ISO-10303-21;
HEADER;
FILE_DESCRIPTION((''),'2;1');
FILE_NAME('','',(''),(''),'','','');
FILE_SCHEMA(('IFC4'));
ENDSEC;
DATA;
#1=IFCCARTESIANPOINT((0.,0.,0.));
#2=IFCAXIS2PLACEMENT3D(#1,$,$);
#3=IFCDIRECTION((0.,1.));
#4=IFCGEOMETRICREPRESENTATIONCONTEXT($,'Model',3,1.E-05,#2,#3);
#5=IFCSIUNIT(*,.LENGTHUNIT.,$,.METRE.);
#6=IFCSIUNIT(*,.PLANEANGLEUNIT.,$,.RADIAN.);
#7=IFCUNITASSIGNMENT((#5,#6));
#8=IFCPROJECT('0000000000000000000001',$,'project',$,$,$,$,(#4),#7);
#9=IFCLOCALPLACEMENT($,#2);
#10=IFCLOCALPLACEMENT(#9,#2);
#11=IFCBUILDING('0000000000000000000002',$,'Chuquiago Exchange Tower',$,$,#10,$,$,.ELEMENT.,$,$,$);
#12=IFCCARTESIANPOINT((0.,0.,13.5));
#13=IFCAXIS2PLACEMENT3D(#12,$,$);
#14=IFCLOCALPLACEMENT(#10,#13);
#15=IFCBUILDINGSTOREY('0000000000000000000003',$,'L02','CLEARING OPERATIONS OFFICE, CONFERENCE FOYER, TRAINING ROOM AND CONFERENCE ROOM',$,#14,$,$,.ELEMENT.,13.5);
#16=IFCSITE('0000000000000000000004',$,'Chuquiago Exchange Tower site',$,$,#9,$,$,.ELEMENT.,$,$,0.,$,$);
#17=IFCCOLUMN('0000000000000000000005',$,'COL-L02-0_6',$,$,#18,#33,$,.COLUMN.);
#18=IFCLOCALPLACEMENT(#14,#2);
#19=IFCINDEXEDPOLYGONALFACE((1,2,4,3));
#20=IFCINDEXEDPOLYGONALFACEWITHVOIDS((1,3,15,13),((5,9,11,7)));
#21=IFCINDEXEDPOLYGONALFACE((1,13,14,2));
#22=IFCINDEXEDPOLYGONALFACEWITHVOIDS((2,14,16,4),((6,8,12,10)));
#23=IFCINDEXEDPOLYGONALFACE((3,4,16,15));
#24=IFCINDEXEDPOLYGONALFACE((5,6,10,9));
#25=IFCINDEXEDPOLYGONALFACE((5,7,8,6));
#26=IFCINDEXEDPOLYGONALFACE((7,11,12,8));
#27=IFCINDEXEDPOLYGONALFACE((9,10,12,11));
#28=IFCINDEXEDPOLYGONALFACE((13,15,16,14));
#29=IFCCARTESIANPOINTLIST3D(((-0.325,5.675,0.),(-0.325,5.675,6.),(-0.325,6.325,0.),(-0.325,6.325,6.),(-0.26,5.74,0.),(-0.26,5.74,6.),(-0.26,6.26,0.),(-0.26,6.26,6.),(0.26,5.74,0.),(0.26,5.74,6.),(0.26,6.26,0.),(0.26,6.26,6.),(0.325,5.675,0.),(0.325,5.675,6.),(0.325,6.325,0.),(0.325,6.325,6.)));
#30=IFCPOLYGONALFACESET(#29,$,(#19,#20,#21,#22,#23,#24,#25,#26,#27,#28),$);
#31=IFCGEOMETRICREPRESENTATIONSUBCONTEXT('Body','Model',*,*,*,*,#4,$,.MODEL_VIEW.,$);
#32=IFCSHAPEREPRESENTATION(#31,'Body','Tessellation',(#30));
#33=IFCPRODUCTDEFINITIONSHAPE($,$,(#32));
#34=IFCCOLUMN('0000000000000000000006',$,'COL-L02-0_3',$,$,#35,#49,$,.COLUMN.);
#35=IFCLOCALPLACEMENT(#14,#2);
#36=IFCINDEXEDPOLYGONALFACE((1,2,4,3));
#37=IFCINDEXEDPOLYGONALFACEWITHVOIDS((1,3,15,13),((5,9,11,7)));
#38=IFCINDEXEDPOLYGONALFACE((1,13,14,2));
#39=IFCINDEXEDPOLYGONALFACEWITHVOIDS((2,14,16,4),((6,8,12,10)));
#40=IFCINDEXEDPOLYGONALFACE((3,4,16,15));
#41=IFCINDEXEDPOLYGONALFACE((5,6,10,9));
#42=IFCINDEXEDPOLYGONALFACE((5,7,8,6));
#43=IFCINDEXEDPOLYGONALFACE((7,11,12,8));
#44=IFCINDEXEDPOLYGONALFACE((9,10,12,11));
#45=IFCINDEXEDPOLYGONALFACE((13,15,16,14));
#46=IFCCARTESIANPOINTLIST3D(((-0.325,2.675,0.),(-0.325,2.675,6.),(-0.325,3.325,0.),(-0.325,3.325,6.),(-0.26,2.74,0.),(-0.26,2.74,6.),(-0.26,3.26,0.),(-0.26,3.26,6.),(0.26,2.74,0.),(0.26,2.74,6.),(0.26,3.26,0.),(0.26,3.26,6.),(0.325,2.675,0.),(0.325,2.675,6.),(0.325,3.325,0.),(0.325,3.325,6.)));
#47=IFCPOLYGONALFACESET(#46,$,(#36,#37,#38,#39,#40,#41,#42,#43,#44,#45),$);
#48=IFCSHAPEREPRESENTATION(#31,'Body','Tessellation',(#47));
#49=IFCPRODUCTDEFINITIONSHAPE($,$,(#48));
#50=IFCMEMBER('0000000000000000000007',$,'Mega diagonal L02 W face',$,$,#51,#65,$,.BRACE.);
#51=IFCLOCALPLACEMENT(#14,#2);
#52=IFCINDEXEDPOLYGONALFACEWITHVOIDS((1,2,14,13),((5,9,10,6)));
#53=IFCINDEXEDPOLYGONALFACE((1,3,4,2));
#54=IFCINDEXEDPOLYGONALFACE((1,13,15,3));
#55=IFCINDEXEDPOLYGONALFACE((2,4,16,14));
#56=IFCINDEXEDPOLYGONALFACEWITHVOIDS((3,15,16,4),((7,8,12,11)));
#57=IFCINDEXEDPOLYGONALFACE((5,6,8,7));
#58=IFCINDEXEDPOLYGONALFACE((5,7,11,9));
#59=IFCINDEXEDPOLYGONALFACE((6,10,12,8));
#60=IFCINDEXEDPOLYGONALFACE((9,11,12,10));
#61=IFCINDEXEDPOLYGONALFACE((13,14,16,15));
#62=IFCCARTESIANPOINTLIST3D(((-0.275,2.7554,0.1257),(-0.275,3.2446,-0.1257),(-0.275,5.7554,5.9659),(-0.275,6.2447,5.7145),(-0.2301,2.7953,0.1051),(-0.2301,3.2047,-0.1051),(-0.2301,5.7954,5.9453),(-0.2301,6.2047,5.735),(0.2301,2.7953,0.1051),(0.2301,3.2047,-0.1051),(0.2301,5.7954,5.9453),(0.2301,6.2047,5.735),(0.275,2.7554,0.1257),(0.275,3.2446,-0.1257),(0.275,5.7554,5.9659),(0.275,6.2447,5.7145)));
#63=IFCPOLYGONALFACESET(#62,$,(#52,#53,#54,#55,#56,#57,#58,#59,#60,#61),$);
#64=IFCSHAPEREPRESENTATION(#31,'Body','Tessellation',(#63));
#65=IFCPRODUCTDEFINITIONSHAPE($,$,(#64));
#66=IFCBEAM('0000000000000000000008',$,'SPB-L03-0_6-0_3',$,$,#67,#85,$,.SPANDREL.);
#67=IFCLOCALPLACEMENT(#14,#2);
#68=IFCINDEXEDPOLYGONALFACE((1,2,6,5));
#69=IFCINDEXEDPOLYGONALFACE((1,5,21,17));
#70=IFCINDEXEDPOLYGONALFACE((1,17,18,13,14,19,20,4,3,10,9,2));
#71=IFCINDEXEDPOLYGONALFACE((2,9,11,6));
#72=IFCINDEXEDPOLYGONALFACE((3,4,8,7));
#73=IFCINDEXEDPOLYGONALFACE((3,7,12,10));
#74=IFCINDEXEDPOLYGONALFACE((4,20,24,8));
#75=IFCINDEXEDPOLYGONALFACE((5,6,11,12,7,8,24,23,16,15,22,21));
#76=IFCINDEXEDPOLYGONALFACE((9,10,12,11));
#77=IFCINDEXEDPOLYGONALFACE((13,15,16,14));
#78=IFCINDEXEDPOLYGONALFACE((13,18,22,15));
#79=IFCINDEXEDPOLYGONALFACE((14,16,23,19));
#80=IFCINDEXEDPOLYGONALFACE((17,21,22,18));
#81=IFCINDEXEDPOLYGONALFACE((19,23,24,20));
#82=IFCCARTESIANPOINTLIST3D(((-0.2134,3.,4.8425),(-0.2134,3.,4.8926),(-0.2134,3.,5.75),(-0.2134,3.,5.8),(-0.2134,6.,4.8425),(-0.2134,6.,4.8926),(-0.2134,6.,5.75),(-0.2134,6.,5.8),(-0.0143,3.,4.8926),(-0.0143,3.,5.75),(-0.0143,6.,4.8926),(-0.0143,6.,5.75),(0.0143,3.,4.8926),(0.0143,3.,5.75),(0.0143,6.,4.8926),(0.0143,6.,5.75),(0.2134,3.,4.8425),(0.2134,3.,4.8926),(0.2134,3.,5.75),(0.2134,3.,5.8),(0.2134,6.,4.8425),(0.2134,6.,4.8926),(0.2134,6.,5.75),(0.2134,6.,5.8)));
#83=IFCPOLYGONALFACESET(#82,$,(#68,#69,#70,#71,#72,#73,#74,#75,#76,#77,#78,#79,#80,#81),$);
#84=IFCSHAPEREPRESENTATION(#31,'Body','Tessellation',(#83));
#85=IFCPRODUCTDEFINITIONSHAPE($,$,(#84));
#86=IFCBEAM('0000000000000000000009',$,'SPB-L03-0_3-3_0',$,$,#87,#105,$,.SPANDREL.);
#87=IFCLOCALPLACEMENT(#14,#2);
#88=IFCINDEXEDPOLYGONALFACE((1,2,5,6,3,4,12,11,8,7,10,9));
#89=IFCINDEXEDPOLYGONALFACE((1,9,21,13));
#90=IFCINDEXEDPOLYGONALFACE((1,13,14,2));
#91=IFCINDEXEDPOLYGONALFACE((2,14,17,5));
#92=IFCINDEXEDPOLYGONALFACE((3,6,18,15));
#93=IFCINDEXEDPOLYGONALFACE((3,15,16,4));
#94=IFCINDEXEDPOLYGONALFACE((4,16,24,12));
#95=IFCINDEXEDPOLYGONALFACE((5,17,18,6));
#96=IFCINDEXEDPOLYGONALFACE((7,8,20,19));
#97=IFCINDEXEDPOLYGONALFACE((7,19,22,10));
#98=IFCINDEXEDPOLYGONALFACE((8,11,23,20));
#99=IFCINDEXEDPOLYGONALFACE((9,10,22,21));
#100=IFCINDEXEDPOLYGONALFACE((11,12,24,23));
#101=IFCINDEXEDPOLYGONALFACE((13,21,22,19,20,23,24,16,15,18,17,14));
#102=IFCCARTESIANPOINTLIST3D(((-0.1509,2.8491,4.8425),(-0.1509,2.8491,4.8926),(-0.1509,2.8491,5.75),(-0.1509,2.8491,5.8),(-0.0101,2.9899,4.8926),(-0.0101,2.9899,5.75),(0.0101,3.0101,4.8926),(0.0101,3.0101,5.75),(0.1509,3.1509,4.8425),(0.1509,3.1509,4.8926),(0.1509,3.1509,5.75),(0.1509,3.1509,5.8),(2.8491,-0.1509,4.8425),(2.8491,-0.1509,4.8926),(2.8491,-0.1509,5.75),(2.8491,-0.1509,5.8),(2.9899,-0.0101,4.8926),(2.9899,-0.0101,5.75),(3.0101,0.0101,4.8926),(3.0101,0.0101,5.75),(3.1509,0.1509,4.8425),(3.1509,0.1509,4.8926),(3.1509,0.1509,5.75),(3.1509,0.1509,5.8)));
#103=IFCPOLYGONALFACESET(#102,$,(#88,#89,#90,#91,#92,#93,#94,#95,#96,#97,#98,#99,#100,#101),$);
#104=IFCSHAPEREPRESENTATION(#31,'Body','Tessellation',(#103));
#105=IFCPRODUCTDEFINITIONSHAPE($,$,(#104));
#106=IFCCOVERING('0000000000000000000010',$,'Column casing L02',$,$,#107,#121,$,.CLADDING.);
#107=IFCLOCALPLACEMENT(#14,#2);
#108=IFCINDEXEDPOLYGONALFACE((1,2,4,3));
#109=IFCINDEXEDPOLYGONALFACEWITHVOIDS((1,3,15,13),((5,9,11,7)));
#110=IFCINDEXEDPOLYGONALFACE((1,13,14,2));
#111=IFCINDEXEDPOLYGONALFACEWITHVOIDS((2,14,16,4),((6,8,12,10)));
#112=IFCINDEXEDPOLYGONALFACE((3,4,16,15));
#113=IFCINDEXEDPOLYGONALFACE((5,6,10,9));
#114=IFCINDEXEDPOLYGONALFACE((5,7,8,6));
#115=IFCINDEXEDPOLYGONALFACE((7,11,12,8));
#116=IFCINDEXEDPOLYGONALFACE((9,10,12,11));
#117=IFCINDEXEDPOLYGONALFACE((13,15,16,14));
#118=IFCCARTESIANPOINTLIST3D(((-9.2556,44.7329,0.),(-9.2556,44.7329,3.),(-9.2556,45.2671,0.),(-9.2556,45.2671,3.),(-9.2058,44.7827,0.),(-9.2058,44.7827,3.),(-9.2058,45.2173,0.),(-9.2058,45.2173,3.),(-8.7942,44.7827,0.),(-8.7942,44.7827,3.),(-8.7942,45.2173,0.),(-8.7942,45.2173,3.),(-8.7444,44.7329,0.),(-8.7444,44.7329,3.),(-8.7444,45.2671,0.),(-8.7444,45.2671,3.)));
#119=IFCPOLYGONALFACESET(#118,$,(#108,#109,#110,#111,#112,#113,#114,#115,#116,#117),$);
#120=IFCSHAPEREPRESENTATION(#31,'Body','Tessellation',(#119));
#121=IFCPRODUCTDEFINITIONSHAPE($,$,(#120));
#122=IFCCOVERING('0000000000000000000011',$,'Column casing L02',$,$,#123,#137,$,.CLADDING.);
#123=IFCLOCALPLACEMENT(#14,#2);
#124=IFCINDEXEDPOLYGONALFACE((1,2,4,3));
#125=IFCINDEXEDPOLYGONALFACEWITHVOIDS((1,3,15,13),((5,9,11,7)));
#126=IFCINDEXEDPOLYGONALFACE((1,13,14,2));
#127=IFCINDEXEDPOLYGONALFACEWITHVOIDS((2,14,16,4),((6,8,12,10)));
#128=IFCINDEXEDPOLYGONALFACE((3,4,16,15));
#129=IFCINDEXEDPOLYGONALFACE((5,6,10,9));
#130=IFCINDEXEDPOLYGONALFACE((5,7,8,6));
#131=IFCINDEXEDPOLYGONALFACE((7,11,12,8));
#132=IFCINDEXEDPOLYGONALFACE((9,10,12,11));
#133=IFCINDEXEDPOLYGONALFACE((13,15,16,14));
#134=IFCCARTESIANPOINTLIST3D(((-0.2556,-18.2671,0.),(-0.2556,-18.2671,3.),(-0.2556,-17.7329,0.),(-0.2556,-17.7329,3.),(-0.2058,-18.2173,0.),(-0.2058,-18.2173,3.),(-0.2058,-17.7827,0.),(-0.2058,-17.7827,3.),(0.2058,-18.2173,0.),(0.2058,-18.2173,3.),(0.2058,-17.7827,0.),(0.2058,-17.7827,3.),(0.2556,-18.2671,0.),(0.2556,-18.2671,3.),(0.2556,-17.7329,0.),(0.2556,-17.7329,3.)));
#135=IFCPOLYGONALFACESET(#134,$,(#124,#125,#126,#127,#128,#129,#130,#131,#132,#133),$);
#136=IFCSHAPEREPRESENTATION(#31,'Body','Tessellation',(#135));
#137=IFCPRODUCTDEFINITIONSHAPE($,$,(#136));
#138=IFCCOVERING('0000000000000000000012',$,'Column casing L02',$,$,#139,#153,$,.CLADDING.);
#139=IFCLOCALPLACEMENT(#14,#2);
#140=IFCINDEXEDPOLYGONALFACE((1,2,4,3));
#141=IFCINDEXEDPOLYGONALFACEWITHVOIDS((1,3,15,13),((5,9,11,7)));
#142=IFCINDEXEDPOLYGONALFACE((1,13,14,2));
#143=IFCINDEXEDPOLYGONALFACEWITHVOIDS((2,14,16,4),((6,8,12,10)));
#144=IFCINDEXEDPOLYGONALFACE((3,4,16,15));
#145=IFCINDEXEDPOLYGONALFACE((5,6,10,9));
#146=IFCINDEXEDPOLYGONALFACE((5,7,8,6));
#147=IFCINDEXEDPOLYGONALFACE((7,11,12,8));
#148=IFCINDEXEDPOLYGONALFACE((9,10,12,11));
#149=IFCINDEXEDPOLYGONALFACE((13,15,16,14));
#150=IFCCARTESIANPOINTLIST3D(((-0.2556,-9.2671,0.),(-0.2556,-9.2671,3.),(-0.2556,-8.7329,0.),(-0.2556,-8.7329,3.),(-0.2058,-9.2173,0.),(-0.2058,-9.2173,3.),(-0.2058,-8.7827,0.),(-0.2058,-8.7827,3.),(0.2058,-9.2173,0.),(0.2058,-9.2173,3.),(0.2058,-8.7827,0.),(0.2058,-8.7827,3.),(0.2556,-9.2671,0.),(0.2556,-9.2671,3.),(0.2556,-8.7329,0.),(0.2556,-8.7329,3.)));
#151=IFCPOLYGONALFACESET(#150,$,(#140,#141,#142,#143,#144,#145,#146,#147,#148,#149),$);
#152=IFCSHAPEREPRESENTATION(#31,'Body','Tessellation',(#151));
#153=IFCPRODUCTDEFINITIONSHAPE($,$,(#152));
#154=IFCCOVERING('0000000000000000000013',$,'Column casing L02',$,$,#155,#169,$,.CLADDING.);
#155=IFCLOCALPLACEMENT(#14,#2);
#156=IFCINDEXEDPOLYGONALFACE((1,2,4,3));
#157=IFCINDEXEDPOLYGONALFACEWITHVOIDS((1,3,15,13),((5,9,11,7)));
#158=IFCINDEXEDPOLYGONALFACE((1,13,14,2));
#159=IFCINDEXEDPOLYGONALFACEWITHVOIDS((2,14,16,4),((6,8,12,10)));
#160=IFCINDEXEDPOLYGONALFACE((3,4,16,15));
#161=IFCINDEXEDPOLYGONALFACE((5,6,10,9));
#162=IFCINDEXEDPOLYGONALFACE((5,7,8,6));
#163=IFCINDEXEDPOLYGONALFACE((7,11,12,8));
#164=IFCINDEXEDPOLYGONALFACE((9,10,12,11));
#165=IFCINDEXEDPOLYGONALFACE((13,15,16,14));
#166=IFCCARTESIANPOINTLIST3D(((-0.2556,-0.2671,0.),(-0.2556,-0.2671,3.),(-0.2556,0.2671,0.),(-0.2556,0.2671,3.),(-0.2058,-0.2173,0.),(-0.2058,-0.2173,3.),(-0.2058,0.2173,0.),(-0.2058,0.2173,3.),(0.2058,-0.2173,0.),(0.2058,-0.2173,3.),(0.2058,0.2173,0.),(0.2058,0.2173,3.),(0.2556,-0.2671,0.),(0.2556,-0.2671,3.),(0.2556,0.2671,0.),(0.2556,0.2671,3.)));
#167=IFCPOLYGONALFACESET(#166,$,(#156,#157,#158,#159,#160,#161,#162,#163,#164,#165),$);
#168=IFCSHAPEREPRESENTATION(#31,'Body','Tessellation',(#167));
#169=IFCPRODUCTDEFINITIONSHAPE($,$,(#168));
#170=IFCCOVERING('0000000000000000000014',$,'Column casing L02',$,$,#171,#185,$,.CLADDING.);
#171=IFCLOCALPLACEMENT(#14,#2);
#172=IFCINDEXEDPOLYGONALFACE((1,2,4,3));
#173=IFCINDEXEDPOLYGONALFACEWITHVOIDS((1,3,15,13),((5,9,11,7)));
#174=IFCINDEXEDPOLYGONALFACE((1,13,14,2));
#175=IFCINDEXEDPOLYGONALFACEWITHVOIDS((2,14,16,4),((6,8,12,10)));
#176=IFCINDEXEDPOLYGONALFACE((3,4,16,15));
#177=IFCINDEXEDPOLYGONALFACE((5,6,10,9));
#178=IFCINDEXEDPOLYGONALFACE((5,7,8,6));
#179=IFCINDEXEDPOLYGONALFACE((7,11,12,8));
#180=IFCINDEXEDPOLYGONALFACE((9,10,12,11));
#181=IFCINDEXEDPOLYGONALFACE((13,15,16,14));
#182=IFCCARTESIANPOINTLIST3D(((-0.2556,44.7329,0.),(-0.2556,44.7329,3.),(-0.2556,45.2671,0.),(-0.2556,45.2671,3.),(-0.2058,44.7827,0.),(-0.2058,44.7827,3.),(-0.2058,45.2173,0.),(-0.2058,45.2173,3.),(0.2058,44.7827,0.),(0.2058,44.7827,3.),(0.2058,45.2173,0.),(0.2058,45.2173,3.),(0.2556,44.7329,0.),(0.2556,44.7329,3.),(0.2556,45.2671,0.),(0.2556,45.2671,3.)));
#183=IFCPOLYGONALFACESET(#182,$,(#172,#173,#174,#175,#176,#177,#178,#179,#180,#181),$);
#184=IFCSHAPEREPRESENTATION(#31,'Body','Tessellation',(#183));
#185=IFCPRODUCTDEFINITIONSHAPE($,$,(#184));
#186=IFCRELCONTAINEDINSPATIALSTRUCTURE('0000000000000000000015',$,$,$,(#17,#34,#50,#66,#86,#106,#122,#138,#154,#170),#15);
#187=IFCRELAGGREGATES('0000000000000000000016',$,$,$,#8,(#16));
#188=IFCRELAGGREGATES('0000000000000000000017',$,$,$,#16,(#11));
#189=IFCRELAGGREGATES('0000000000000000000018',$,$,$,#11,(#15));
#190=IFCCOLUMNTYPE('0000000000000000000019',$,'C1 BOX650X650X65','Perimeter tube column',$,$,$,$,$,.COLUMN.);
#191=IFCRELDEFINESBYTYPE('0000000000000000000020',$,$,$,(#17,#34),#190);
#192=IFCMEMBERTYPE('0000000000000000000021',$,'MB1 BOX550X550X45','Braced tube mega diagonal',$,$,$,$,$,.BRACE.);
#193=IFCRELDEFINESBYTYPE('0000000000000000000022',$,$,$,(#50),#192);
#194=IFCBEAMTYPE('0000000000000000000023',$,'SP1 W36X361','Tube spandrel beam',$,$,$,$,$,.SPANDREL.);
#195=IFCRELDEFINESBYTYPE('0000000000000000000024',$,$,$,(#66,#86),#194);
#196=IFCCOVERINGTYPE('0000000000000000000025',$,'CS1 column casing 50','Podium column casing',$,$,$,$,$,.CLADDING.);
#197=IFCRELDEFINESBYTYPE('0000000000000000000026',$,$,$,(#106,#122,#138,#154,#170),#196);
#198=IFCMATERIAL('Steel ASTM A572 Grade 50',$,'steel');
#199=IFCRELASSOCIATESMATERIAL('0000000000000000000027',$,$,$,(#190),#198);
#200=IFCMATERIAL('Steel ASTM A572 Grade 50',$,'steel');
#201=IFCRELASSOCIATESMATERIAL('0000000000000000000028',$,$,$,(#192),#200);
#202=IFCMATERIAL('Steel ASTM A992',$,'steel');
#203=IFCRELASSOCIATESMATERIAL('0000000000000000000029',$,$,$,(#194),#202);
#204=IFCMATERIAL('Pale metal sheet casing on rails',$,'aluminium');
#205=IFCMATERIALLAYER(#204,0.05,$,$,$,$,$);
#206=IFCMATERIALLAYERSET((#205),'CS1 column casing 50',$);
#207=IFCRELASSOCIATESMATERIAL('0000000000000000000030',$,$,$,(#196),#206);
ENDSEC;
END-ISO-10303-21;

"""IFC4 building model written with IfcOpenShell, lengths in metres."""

from ifc_helpers import new_model, si_unit, direction, frame, origin, origin_2d, place, context, subcontext, project, spatial, polyline, hollow_rectangle, i_section, outline, extrude, material, layer, layer_set, material_profile, profile_set, type_object, element, save


model = new_model("IFC4")

# Units and contexts
model_context = context("Model", 3, precision=1e-05, world=origin(), true_north=direction((0.0, 1.0)))
body_context = subcontext(model_context, "Body", "Model", "MODEL_VIEW")
ifc_project = project(units=[si_unit("LENGTHUNIT", "METRE"), si_unit("PLANEANGLEUNIT", "RADIAN")], contexts=[model_context])

# Site, building, storey
site_placement = place(None, origin())
site = spatial("IfcSite", under=ifc_project, at=site_placement, Name="Chuquiago Exchange Tower site", CompositionType="ELEMENT", RefElevation=0.0)
building_placement = place(site_placement, origin())
building = spatial("IfcBuilding", under=site, at=building_placement, Name="Chuquiago Exchange Tower", CompositionType="ELEMENT")
storey_placement = place(building_placement, frame((0.0, 0.0, 13.5)))
storey = spatial("IfcBuildingStorey", under=building, at=storey_placement, Name="L02", Description="CLEARING OPERATIONS OFFICE, CONFERENCE FOYER, TRAINING ROOM AND CONFERENCE ROOM", CompositionType="ELEMENT", Elevation=13.5)

# Columns
ifc_material_1 = material(Name="Steel ASTM A572 Grade 50", Category="steel")
ifc_material_profile_1 = material_profile(ifc_material_1, hollow_rectangle(XDim=0.6499, YDim=0.6499, WallThickness=0.0649, at=origin_2d()), Name="BOX650X650X65")
ifc_profile_set_1 = profile_set([ifc_material_profile_1], Name="Steel ASTM A572 Grade 50")
column_type = type_object("IfcColumnType", Name="C1 BOX650X650X65", Description="Perimeter tube column", PredefinedType="COLUMN", material=ifc_profile_set_1)
for number, where, z_axis, x_axis, name in (
    (1, (0.0, 6.0, 0.0), (0.0, 0.0, 1.0), (-1.0, 0.0, 0.0), "COL-L02-0_6"),
    (2, (0.0, 3.0, 0.0), (0.0, 0.0, 1.0), (-1.0, 0.0, 0.0), "COL-L02-0_3"),
):
    element("IfcColumn", number, at=place(storey_placement, frame(where, z_axis=z_axis, x_axis=x_axis)), inside=storey, type_object=column_type, Name=name, PredefinedType="COLUMN", context=body_context, shape_type="SweptSolid", body=[
        extrude(hollow_rectangle(XDim=0.6499, YDim=0.6499, WallThickness=0.0649, at=origin_2d()), origin(), (0.0, 0.0, 1.0), 6.0),
    ])

# Member
ifc_material_2 = material(Name="Steel ASTM A572 Grade 50", Category="steel")
ifc_material_profile_2 = material_profile(ifc_material_2, hollow_rectangle(XDim=0.55, YDim=0.55, WallThickness=0.0449, at=origin_2d()), Name="BOX550X550X45")
ifc_profile_set_2 = profile_set([ifc_material_profile_2], Name="Steel ASTM A572 Grade 50")
member_type = type_object("IfcMemberType", Name="MB1 BOX550X550X45", Description="Braced tube mega diagonal", PredefinedType="BRACE", material=ifc_profile_set_2)
member_placement = place(storey_placement, frame((0.0, 3.0, 0.0), z_axis=(0.0, 0.45693, 0.889503), x_axis=(-1.0, 0.0, 0.0)))
element("IfcMember", 3, at=member_placement, inside=storey, type_object=member_type, Name="Mega diagonal L02 W face", PredefinedType="BRACE", context=body_context, shape_type="SweptSolid", body=[
    extrude(hollow_rectangle(XDim=0.55, YDim=0.55, WallThickness=0.0449, at=origin_2d()), origin(), (0.0, 0.0, 1.0), 6.5657),
])

# Beams
ifc_material_3 = material(Name="Steel ASTM A992", Category="steel")
ifc_material_profile_3 = material_profile(ifc_material_3, i_section(OverallWidth=0.4268, OverallDepth=0.9575, WebThickness=0.0286, FlangeThickness=0.05, at=origin_2d()), Name="W36X361")
ifc_profile_set_3 = profile_set([ifc_material_profile_3], Name="Steel ASTM A992")
beam_type = type_object("IfcBeamType", Name="SP1 W36X361", Description="Tube spandrel beam", PredefinedType="SPANDREL", material=ifc_profile_set_3)
beam_1_placement = place(storey_placement, frame((0.0, 6.0, 5.3213), z_axis=(0.0, -1.0, 0.0), x_axis=(1.0, 0.0, 0.0)))
element("IfcBeam", 4, at=beam_1_placement, inside=storey, type_object=beam_type, Name="SPB-L03-0_6-0_3", PredefinedType="SPANDREL", context=body_context, shape_type="SweptSolid", body=[
    extrude(i_section(OverallWidth=0.4268, OverallDepth=0.9575, WebThickness=0.0286, FlangeThickness=0.05, at=origin_2d()), origin(), (0.0, 0.0, 1.0), 3.0),
])
beam_2_placement = place(storey_placement, frame((0.0, 3.0, 5.3213), z_axis=(0.707107, -0.707107, 0.0), x_axis=(0.707107, 0.707107, 0.0)))
element("IfcBeam", 5, at=beam_2_placement, inside=storey, type_object=beam_type, Name="SPB-L03-0_3-3_0", PredefinedType="SPANDREL", context=body_context, shape_type="SweptSolid", body=[
    extrude(i_section(OverallWidth=0.4268, OverallDepth=0.9575, WebThickness=0.0286, FlangeThickness=0.05, at=origin_2d()), origin(), (0.0, 0.0, 1.0), 4.2427),
])

# Coverings
ifc_material_4 = material(Name="Pale metal sheet casing on rails", Category="aluminium")
ifc_layer = layer(ifc_material_4, 0.05)
ifc_layer_set = layer_set([ifc_layer], Name="CS1 column casing 50")
covering_type = type_object("IfcCoveringType", Name="CS1 column casing 50", Description="Podium column casing", PredefinedType="CLADDING", material=ifc_layer_set)
covering_1_placement = place(storey_placement, origin())
element("IfcCovering", 6, at=covering_1_placement, inside=storey, type_object=covering_type, Name="Column casing L02", PredefinedType="CLADDING", context=body_context, shape_type="SweptSolid", body=[
    extrude(outline(polyline([(-9.2556, 44.7329), (-8.7444, 44.7329), (-8.7444, 45.2671), (-9.2556, 45.2671), (-9.2556, 44.7329)]), holes=[polyline([(-9.2058, 44.7827), (-9.2058, 45.2173), (-8.7942, 45.2173), (-8.7942, 44.7827), (-9.2058, 44.7827)])]), origin(), (0.0, 0.0, 1.0), 3.0),
])
covering_2_placement = place(storey_placement, origin())
element("IfcCovering", 7, at=covering_2_placement, inside=storey, type_object=covering_type, Name="Column casing L02", PredefinedType="CLADDING", context=body_context, shape_type="SweptSolid", body=[
    extrude(outline(polyline([(-0.2556, -18.2671), (0.2556, -18.2671), (0.2556, -17.7329), (-0.2556, -17.7329), (-0.2556, -18.2671)]), holes=[polyline([(-0.2058, -18.2173), (-0.2058, -17.7827), (0.2058, -17.7827), (0.2058, -18.2173), (-0.2058, -18.2173)])]), origin(), (0.0, 0.0, 1.0), 3.0),
])
covering_3_placement = place(storey_placement, origin())
element("IfcCovering", 8, at=covering_3_placement, inside=storey, type_object=covering_type, Name="Column casing L02", PredefinedType="CLADDING", context=body_context, shape_type="SweptSolid", body=[
    extrude(outline(polyline([(-0.2556, -9.2671), (0.2556, -9.2671), (0.2556, -8.7329), (-0.2556, -8.7329), (-0.2556, -9.2671)]), holes=[polyline([(-0.2058, -9.2173), (-0.2058, -8.7827), (0.2058, -8.7827), (0.2058, -9.2173), (-0.2058, -9.2173)])]), origin(), (0.0, 0.0, 1.0), 3.0),
])
covering_4_placement = place(storey_placement, origin())
element("IfcCovering", 9, at=covering_4_placement, inside=storey, type_object=covering_type, Name="Column casing L02", PredefinedType="CLADDING", context=body_context, shape_type="SweptSolid", body=[
    extrude(outline(polyline([(-0.2556, -0.2671), (0.2556, -0.2671), (0.2556, 0.2671), (-0.2556, 0.2671), (-0.2556, -0.2671)]), holes=[polyline([(-0.2058, -0.2173), (-0.2058, 0.2173), (0.2058, 0.2173), (0.2058, -0.2173), (-0.2058, -0.2173)])]), origin(), (0.0, 0.0, 1.0), 3.0),
])
covering_5_placement = place(storey_placement, origin())
element("IfcCovering", 10, at=covering_5_placement, inside=storey, type_object=covering_type, Name="Column casing L02", PredefinedType="CLADDING", context=body_context, shape_type="SweptSolid", body=[
    extrude(outline(polyline([(-0.2556, 44.7329), (0.2556, 44.7329), (0.2556, 45.2671), (-0.2556, 45.2671), (-0.2556, 44.7329)]), holes=[polyline([(-0.2058, 44.7827), (-0.2058, 45.2173), (0.2058, 45.2173), (0.2058, 44.7827), (-0.2058, 44.7827)])]), origin(), (0.0, 0.0, 1.0), 3.0),
])

save(model, "model.ifc")
